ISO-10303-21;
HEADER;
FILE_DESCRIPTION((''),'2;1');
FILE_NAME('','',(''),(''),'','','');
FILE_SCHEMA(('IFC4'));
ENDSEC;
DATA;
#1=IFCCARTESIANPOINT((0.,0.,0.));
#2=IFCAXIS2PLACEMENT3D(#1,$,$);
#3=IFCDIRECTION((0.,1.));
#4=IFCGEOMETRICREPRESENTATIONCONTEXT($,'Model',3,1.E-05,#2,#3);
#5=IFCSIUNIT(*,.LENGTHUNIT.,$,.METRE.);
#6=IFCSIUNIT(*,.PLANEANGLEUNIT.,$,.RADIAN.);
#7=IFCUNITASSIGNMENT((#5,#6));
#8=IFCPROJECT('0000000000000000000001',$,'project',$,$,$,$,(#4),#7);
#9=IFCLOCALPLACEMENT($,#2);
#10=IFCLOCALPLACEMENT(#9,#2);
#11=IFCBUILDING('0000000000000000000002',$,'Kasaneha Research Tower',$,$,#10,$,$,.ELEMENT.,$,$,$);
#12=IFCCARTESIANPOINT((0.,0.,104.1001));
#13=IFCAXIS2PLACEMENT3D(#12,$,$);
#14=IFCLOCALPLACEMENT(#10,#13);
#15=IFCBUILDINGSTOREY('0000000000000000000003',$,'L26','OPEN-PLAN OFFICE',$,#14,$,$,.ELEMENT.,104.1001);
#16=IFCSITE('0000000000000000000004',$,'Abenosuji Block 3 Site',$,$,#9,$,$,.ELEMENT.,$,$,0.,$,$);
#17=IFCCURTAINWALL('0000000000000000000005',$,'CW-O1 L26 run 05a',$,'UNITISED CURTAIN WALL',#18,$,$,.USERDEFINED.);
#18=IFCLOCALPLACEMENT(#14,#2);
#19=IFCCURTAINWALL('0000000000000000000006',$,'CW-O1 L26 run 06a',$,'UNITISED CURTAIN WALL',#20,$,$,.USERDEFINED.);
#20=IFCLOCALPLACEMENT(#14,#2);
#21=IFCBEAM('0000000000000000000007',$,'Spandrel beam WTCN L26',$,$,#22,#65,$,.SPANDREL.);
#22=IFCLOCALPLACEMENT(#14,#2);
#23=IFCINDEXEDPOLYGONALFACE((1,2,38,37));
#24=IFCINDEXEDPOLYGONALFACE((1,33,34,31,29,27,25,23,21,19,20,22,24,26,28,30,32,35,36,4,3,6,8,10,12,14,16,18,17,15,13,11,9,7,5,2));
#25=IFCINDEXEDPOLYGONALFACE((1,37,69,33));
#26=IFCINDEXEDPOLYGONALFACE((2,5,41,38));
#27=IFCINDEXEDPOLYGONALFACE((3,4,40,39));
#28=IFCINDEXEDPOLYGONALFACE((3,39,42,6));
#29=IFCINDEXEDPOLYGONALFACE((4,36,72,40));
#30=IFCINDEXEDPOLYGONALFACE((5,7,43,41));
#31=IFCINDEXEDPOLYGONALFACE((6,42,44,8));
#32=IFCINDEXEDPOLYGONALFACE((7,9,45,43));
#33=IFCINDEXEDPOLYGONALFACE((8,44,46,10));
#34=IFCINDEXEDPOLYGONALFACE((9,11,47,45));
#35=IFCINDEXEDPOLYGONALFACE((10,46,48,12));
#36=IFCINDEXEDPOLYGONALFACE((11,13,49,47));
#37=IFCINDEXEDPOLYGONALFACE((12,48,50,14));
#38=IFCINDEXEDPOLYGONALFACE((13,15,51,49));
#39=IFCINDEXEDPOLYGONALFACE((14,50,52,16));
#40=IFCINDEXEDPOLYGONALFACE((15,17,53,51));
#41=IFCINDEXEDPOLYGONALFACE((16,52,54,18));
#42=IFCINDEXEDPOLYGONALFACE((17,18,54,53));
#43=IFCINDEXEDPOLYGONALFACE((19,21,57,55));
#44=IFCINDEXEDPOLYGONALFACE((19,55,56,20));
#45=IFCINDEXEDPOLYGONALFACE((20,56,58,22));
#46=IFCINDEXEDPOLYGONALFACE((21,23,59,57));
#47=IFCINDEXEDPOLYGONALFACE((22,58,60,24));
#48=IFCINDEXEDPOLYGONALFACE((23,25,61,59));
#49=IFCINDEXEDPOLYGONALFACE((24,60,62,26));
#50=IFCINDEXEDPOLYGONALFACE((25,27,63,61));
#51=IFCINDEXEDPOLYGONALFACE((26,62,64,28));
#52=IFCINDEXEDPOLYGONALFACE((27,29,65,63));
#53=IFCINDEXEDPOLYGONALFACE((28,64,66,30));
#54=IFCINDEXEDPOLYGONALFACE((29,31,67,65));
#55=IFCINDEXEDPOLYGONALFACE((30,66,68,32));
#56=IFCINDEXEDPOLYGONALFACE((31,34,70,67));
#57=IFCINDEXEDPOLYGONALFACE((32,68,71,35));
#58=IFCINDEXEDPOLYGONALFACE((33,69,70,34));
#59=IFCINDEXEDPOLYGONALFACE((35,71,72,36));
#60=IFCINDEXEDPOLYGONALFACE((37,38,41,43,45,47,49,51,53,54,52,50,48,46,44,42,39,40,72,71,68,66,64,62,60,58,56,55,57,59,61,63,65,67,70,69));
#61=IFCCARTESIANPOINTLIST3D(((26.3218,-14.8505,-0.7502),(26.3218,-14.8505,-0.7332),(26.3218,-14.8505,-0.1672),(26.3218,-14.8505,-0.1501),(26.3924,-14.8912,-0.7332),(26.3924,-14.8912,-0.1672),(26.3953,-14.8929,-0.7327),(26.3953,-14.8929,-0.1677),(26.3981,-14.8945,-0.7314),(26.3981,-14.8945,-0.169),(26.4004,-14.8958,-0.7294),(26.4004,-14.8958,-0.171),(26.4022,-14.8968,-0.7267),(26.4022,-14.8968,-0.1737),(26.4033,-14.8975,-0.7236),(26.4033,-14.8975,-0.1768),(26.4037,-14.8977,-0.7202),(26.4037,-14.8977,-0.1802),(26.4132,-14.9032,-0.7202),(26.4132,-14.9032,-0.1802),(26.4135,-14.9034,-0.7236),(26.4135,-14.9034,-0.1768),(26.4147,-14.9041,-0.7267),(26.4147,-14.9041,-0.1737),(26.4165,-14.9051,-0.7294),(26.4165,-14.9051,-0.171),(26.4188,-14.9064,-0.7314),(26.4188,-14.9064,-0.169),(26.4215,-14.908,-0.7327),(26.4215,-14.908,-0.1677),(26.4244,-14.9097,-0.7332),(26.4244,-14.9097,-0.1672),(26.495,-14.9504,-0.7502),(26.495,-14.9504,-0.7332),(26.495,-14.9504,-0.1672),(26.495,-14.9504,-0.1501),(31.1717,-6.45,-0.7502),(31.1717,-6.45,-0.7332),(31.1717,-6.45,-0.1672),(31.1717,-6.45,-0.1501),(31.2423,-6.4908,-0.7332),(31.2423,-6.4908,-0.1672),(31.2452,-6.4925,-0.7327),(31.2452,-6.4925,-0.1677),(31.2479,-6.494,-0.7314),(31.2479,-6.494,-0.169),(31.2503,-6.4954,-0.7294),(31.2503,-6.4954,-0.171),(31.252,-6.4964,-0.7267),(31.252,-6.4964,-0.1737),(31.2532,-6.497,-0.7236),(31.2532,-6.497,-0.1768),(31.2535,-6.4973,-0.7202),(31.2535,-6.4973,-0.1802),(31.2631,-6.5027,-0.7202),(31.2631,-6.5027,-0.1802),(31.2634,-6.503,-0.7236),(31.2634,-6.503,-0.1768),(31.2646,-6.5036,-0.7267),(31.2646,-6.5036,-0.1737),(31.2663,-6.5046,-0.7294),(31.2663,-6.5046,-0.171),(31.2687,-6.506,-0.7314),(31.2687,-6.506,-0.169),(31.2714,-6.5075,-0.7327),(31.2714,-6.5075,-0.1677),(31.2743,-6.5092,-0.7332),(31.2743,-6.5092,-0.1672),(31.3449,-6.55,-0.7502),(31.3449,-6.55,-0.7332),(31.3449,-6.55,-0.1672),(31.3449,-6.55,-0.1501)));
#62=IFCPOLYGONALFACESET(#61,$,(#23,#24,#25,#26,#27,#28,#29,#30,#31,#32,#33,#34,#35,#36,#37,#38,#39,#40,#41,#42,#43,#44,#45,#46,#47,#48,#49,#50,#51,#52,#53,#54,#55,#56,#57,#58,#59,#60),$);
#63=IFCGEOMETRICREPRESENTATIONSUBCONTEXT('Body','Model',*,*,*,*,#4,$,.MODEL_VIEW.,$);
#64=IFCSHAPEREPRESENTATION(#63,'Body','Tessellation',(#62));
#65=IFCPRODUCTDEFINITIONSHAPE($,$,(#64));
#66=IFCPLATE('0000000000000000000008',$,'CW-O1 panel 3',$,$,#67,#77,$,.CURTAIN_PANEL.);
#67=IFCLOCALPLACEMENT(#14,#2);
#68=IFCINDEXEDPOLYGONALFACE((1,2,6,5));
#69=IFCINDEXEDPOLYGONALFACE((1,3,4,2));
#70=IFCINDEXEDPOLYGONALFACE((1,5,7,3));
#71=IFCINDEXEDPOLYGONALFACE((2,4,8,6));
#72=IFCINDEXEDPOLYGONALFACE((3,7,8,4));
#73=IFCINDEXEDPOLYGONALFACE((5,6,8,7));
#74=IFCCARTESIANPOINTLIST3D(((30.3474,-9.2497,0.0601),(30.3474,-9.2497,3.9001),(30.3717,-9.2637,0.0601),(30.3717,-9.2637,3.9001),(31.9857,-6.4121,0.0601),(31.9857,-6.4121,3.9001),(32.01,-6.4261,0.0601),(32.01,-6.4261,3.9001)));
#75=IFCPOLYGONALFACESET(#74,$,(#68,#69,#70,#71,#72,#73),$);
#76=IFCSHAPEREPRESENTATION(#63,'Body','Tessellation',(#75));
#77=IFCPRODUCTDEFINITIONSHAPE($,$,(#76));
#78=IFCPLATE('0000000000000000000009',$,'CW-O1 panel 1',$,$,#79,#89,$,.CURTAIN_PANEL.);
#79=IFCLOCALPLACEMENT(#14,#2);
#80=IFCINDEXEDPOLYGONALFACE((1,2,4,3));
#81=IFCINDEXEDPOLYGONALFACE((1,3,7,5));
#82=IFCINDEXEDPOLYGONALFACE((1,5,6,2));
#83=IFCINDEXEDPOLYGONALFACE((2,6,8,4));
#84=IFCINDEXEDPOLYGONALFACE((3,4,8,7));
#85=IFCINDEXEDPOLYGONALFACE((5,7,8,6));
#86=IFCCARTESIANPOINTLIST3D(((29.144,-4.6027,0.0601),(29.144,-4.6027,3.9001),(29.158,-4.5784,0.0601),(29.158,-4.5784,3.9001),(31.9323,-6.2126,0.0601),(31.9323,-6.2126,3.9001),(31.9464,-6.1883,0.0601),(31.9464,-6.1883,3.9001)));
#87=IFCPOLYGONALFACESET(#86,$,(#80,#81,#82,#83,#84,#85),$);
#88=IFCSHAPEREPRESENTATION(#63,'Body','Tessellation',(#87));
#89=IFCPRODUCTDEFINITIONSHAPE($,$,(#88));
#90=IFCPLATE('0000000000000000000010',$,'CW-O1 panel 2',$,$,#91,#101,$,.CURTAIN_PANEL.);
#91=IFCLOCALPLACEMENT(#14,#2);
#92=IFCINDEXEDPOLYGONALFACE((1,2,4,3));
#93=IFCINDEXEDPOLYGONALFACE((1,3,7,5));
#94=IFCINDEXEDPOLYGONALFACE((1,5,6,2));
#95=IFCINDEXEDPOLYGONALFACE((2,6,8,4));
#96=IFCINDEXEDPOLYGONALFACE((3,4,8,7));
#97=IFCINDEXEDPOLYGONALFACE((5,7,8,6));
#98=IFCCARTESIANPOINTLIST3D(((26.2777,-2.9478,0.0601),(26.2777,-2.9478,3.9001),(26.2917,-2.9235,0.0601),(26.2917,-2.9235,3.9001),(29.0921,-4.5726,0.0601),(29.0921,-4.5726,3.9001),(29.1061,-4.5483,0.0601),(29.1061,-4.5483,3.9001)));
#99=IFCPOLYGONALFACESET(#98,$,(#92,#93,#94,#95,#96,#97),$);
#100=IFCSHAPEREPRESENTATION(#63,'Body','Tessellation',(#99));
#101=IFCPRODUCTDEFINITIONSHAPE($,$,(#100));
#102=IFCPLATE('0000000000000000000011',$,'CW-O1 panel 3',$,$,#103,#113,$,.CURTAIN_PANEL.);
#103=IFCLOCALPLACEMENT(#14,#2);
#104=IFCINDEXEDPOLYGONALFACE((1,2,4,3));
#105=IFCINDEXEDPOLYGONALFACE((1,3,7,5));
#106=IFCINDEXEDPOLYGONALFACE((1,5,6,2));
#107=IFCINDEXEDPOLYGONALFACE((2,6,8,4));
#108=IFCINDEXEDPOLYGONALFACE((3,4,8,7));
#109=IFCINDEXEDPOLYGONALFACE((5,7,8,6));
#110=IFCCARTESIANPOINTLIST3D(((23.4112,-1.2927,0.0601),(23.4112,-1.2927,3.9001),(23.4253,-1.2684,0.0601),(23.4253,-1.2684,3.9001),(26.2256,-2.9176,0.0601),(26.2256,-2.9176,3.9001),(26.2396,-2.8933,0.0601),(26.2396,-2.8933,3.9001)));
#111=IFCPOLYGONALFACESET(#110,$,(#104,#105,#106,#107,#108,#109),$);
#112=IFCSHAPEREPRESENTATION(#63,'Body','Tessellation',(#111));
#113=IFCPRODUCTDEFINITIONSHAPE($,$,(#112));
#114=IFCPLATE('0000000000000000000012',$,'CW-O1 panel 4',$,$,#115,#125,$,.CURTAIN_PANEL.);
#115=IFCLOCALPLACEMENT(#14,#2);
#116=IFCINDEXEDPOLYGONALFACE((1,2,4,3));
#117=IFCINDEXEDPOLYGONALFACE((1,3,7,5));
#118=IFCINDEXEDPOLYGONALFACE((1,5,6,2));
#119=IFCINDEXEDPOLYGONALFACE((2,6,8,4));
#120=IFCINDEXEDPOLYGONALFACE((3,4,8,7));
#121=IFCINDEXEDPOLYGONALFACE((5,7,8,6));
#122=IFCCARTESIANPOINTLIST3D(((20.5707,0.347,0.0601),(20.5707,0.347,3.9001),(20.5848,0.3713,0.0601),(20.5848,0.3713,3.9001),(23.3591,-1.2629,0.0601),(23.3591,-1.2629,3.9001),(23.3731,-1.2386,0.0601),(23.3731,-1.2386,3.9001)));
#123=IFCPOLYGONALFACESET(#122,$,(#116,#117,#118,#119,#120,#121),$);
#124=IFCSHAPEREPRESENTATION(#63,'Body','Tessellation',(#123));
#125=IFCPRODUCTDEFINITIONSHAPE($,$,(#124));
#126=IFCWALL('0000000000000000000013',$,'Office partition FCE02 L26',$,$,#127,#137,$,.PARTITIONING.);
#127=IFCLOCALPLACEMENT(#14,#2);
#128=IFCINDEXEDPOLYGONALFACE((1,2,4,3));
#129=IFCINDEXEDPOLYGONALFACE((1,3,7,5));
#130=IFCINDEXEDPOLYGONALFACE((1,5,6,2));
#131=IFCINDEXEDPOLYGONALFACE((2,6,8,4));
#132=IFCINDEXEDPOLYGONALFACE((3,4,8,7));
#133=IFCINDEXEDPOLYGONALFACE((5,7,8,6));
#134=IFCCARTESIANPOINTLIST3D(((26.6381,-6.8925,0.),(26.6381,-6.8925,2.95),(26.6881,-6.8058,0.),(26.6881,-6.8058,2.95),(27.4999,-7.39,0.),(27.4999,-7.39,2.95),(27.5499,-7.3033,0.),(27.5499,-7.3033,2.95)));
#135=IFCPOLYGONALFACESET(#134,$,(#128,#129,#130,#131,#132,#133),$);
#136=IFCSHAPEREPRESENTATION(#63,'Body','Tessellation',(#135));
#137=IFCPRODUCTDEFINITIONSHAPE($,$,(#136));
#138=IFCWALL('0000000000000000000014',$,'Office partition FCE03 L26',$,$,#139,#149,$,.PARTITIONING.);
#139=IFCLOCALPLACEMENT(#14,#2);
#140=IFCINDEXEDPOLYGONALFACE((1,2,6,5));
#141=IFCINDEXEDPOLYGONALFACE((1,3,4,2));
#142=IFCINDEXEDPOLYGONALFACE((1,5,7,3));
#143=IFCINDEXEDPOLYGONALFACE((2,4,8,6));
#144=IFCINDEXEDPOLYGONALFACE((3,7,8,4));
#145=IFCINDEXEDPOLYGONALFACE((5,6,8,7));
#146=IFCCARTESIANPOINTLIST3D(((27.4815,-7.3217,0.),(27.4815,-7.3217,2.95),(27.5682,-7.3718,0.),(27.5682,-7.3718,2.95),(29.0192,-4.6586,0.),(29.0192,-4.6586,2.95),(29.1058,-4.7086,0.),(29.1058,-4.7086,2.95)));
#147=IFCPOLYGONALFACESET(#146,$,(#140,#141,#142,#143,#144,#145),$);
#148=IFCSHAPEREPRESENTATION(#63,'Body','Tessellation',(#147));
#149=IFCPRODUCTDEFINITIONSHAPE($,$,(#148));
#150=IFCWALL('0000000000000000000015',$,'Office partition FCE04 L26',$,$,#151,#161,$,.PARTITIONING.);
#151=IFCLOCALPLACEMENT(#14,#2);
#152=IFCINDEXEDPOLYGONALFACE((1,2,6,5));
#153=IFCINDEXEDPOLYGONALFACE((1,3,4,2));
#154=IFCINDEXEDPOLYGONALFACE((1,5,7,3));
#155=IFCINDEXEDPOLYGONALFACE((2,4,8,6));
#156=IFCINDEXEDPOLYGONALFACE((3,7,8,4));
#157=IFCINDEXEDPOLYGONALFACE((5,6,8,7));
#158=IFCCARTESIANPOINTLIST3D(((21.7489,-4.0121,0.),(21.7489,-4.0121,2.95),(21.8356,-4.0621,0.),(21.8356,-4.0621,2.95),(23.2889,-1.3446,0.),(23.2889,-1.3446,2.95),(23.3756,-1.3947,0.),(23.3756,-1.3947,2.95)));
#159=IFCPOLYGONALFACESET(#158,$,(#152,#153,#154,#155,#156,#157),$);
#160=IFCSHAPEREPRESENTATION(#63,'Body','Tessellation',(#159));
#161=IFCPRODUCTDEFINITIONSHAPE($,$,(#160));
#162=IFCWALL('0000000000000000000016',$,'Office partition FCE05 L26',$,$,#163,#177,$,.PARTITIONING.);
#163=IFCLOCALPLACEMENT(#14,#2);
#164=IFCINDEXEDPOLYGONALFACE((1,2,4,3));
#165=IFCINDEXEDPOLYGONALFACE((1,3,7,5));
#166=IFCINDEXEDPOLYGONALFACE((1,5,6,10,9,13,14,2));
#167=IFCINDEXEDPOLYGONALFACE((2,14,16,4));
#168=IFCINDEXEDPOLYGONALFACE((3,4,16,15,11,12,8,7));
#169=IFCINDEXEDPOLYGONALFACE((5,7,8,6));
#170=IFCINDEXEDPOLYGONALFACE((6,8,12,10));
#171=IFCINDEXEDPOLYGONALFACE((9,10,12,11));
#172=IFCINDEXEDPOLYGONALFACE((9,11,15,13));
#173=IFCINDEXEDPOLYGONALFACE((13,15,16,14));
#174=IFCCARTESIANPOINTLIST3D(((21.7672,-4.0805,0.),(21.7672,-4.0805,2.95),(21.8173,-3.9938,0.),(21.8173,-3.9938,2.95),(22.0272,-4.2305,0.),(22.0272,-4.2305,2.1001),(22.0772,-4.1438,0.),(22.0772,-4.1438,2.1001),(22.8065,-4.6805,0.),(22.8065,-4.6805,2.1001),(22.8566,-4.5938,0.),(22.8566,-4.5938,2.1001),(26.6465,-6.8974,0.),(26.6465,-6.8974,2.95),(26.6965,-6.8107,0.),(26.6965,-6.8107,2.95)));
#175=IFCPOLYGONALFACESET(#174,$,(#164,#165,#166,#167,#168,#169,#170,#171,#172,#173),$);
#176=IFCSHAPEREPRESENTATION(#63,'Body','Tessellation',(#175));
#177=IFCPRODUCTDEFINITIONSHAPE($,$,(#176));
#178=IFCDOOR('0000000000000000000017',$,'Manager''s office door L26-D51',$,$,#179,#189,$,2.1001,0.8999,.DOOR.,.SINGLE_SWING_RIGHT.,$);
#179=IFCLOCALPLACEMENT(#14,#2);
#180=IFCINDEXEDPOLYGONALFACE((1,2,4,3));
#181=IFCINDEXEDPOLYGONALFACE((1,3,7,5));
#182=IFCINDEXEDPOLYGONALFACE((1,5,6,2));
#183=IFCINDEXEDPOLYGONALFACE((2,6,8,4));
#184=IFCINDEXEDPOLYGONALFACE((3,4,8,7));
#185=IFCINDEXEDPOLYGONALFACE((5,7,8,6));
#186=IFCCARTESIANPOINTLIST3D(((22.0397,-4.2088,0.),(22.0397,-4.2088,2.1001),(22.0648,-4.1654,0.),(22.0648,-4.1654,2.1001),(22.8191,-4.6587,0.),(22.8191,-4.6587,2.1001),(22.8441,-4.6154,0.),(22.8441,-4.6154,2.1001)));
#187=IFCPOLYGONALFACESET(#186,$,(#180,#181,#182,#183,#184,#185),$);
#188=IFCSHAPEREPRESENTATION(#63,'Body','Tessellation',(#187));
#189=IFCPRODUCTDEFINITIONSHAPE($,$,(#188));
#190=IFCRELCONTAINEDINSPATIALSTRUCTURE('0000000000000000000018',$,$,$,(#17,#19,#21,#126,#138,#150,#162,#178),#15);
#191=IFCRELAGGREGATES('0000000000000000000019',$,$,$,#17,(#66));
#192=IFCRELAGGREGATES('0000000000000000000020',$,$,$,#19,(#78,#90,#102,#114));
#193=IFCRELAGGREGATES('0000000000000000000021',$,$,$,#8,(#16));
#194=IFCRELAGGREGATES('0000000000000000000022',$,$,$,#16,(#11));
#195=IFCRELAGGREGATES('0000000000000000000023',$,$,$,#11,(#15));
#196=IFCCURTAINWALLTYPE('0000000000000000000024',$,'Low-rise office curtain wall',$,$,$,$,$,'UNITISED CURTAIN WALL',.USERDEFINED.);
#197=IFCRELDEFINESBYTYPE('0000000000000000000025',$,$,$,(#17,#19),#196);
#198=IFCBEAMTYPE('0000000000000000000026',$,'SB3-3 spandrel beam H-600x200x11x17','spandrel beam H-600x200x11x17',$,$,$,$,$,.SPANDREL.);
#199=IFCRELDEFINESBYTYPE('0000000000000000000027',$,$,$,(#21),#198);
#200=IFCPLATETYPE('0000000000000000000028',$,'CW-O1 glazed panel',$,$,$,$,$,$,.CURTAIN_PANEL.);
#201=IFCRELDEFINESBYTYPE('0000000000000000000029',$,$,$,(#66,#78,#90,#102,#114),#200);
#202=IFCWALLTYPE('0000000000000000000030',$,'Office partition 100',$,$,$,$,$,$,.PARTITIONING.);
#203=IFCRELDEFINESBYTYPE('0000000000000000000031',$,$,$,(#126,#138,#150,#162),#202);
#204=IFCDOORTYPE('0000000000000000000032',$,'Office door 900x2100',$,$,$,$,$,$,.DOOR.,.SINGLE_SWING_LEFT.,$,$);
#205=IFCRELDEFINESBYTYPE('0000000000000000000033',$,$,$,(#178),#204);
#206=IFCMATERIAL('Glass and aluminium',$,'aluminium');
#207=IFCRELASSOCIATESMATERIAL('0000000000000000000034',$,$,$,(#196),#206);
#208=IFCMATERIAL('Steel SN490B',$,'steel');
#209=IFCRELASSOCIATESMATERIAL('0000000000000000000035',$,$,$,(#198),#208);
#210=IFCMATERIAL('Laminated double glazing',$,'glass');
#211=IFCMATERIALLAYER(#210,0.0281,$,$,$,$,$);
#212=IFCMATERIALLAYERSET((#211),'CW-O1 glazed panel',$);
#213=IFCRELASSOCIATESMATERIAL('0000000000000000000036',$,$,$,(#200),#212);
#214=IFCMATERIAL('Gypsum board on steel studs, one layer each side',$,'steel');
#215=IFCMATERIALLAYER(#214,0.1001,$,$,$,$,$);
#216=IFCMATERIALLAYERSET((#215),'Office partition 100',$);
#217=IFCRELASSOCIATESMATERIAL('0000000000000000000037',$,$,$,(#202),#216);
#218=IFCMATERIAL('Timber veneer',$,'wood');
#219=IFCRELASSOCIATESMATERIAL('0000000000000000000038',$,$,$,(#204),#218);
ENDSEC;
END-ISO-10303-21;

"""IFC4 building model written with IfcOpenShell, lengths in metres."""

from ifc_helpers import new_model, si_unit, direction, frame, frame_2d, origin, origin_2d, place, context, subcontext, project, spatial, rectangle, i_section, extrude, material, layer, layer_set, material_profile, profile_set, type_object, element, fill, aggregate, save


model = new_model("IFC4")

# Units and contexts
model_context = context("Model", 3, precision=1e-05, world=origin(), true_north=direction((0.0, 1.0)))
body_context = subcontext(model_context, "Body", "Model", "MODEL_VIEW")
ifc_project = project(units=[si_unit("LENGTHUNIT", "METRE"), si_unit("PLANEANGLEUNIT", "RADIAN")], contexts=[model_context])

# Site, building, storey
site_placement = place(None, origin())
site = spatial("IfcSite", under=ifc_project, at=site_placement, Name="Abenosuji Block 3 Site", CompositionType="ELEMENT", RefElevation=0.0)
building_placement = place(site_placement, origin())
building = spatial("IfcBuilding", under=site, at=building_placement, Name="Kasaneha Research Tower", CompositionType="ELEMENT")
storey_placement = place(building_placement, frame((0.0, 0.0, 104.1001)))
storey = spatial("IfcBuildingStorey", under=building, at=storey_placement, Name="L26", Description="OPEN-PLAN OFFICE", CompositionType="ELEMENT", Elevation=104.1001)

# Curtain walls
ifc_material_1 = material(Name="Glass and aluminium", Category="aluminium")
curtain_wall_type = type_object("IfcCurtainWallType", Name="Low-rise office curtain wall", ElementType="UNITISED CURTAIN WALL", PredefinedType="USERDEFINED", material=ifc_material_1)
curtain_wall_1_placement = place(storey_placement, origin())
curtain_wall_1 = element("IfcCurtainWall", 1, at=curtain_wall_1_placement, inside=storey, type_object=curtain_wall_type, Name="CW-O1 L26 run 05a", ObjectType="UNITISED CURTAIN WALL", PredefinedType="USERDEFINED")
curtain_wall_2_placement = place(storey_placement, origin())
curtain_wall_2 = element("IfcCurtainWall", 2, at=curtain_wall_2_placement, inside=storey, type_object=curtain_wall_type, Name="CW-O1 L26 run 06a", ObjectType="UNITISED CURTAIN WALL", PredefinedType="USERDEFINED")

# Beam
ifc_material_2 = material(Name="Steel SN490B", Category="steel")
ifc_material_profile_1 = material_profile(ifc_material_2, i_section(OverallWidth=0.2, OverallDepth=0.6001, WebThickness=0.011, FlangeThickness=0.0171, FilletRadius=0.0129, at=origin_2d()), Name="H-600x200x11x17")
ifc_profile_set_1 = profile_set([ifc_material_profile_1], Name="Steel SN490B")
beam_type_1 = type_object("IfcBeamType", Name="SB3-3 spandrel beam H-600x200x11x17", Description="spandrel beam H-600x200x11x17", PredefinedType="SPANDREL", material=ifc_profile_set_1)
beam_1_placement = place(storey_placement, frame((31.2583, -6.5, -0.4502), z_axis=(-0.499991, -0.866031, 0.0), x_axis=(0.866031, -0.499991, 0.0)))
element("IfcBeam", 3, at=beam_1_placement, inside=storey, type_object=beam_type_1, Name="Spandrel beam WTCN L26", PredefinedType="SPANDREL", context=body_context, shape_type="SweptSolid", body=[
    extrude(i_section(OverallWidth=0.2, OverallDepth=0.6001, WebThickness=0.011, FlangeThickness=0.0171, FilletRadius=0.0129, at=origin_2d()), origin(), (0.0, 0.0, 1.0), 9.7),
])

# Plates
ifc_material_3 = material(Name="Laminated double glazing", Category="glass")
ifc_layer_1 = layer(ifc_material_3, 0.0281)
ifc_layer_set_1 = layer_set([ifc_layer_1], Name="CW-O1 glazed panel")
plate_type = type_object("IfcPlateType", Name="CW-O1 glazed panel", PredefinedType="CURTAIN_PANEL", material=ifc_layer_set_1)
plate_1_placement = place(storey_placement, frame((31.1787, -7.8379, 0.0601), z_axis=(0.0, 0.0, 1.0), x_axis=(0.5, 0.866025, 0.0)))
plate_1 = element("IfcPlate", 4, at=plate_1_placement, type_object=plate_type, Name="CW-O1 panel 3", PredefinedType="CURTAIN_PANEL", context=body_context, shape_type="SweptSolid", body=[
    extrude(rectangle(XDim=3.2766, YDim=0.0281, at=origin_2d()), origin(), (0.0, 0.0, 1.0), 3.8401),
])
aggregate(curtain_wall_1, [plate_1])
plate_2_placement = place(storey_placement, frame((30.5452, -5.3955, 0.0601), z_axis=(0.0, 0.0, 1.0), x_axis=(-0.866025, 0.5, 0.0)))
plate_2 = element("IfcPlate", 5, at=plate_2_placement, type_object=plate_type, Name="CW-O1 panel 1", PredefinedType="CURTAIN_PANEL", context=body_context, shape_type="SweptSolid", body=[
    extrude(rectangle(XDim=3.2197, YDim=0.0281, at=origin_2d()), origin(), (0.0, 0.0, 1.0), 3.8401),
])
plate_3_placement = place(storey_placement, frame((27.6919, -3.748, 0.0601), z_axis=(0.0, 0.0, 1.0), x_axis=(-0.866025, 0.5, 0.0)))
plate_3 = element("IfcPlate", 6, at=plate_3_placement, type_object=plate_type, Name="CW-O1 panel 2", PredefinedType="CURTAIN_PANEL", context=body_context, shape_type="SweptSolid", body=[
    extrude(rectangle(XDim=3.2498, YDim=0.0281, at=origin_2d()), origin(), (0.0, 0.0, 1.0), 3.8401),
])
plate_4_placement = place(storey_placement, frame((24.8254, -2.093, 0.0601), z_axis=(0.0, 0.0, 1.0), x_axis=(-0.866025, 0.5, 0.0)))
plate_4 = element("IfcPlate", 7, at=plate_4_placement, type_object=plate_type, Name="CW-O1 panel 3", PredefinedType="CURTAIN_PANEL", context=body_context, shape_type="SweptSolid", body=[
    extrude(rectangle(XDim=3.2498, YDim=0.0281, at=origin_2d()), origin(), (0.0, 0.0, 1.0), 3.8401),
])
plate_5_placement = place(storey_placement, frame((21.9719, -0.4458, 0.0601), z_axis=(0.0, 0.0, 1.0), x_axis=(-0.866025, 0.5, 0.0)))
plate_5 = element("IfcPlate", 8, at=plate_5_placement, type_object=plate_type, Name="CW-O1 panel 4", PredefinedType="CURTAIN_PANEL", context=body_context, shape_type="SweptSolid", body=[
    extrude(rectangle(XDim=3.2197, YDim=0.0281, at=origin_2d()), origin(), (0.0, 0.0, 1.0), 3.8401),
])
aggregate(curtain_wall_2, [plate_2, plate_3, plate_4, plate_5])

# Walls
ifc_material_4 = material(Name="Gypsum board on steel studs, one layer each side", Category="steel")
ifc_layer_2 = layer(ifc_material_4, 0.1001)
ifc_layer_set_2 = layer_set([ifc_layer_2], Name="Office partition 100")
wall_type_1 = type_object("IfcWallType", Name="Office partition 100", PredefinedType="PARTITIONING", material=ifc_layer_set_2)
wall_1_placement = place(storey_placement, frame((27.5249, -7.3467, 0.0), z_axis=(0.0, 0.0, 1.0), x_axis=(-0.86603, 0.499991, 0.0)))
element("IfcWall", 9, at=wall_1_placement, inside=storey, type_object=wall_type_1, Name="Office partition FCE02 L26", PredefinedType="PARTITIONING", context=body_context, shape_type="SweptSolid", body=[
    extrude(rectangle(XDim=0.9951, YDim=0.1001, at=frame_2d((0.4976, 0.0))), origin(), (0.0, 0.0, 1.0), 2.95),
])
wall_2_placement = place(storey_placement, frame((29.0625, -4.6836, 0.0), z_axis=(0.0, 0.0, 1.0), x_axis=(-0.500016, -0.866016, 0.0)))
element("IfcWall", 10, at=wall_2_placement, inside=storey, type_object=wall_type_1, Name="Office partition FCE03 L26", PredefinedType="PARTITIONING", context=body_context, shape_type="SweptSolid", body=[
    extrude(rectangle(XDim=3.0752, YDim=0.1001, at=frame_2d((1.5376, 0.0))), origin(), (0.0, 0.0, 1.0), 2.95),
])
wall_3_placement = place(storey_placement, frame((21.7922, -4.0371, 0.0), z_axis=(0.0, 0.0, 1.0), x_axis=(0.499992, 0.86603, 0.0)))
element("IfcWall", 11, at=wall_3_placement, inside=storey, type_object=wall_type_1, Name="Office partition FCE04 L26", PredefinedType="PARTITIONING", context=body_context, shape_type="SweptSolid", body=[
    extrude(rectangle(XDim=3.0801, YDim=0.1001, at=frame_2d((1.54, 0.0))), origin(), (0.0, 0.0, 1.0), 2.95),
])

# Wall, opening, door
wall_4_placement = place(storey_placement, frame((26.6714, -6.854, 0.0), z_axis=(0.0, 0.0, 1.0), x_axis=(-0.866032, 0.499989, 0.0)))
wall_4 = element("IfcWall", 12, at=wall_4_placement, inside=storey, type_object=wall_type_1, Name="Office partition FCE05 L26", PredefinedType="PARTITIONING", context=body_context, shape_type="SweptSolid", body=[
    extrude(rectangle(XDim=5.634, YDim=0.1001, at=frame_2d((2.8169, 0.0))), origin(), (0.0, 0.0, 1.0), 2.95),
])
opening_placement = place(wall_4_placement, frame((4.4338, 0.0, 0.0)))
opening = element("IfcOpeningElement", 13, at=opening_placement, cuts=wall_4, PredefinedType="OPENING", context=body_context, shape_type="SweptSolid", body=[
    extrude(rectangle(XDim=0.8999, YDim=2.1001, at=frame_2d((0.45, 1.05))), frame((0.0, 0.0601, 0.0), z_axis=(0.0, -1.0, 0.0), x_axis=(1.0, 0.0, 0.0)), (0.0, 0.0, 1.0), 0.1201),
])
ifc_material_5 = material(Name="Timber veneer", Category="wood")
door_type = type_object("IfcDoorType", Name="Office door 900x2100", OperationType="SINGLE_SWING_LEFT", PredefinedType="DOOR", material=ifc_material_5)
door_placement = place(opening_placement, origin())
door = element("IfcDoor", 14, at=door_placement, inside=storey, type_object=door_type, Name="Manager's office door L26-D51", OperationType="SINGLE_SWING_RIGHT", OverallHeight=2.1001, OverallWidth=0.8999, PredefinedType="DOOR", context=body_context, shape_type="SweptSolid", body=[
    extrude(rectangle(XDim=0.8999, YDim=2.1001, at=frame_2d((0.45, 1.05))), frame((0.0, 0.0249, 0.0), z_axis=(0.0, -1.0, 0.0), x_axis=(1.0, 0.0, 0.0)), (0.0, 0.0, 1.0), 0.05),
])
fill(opening, door)

save(model, "model.ifc")
